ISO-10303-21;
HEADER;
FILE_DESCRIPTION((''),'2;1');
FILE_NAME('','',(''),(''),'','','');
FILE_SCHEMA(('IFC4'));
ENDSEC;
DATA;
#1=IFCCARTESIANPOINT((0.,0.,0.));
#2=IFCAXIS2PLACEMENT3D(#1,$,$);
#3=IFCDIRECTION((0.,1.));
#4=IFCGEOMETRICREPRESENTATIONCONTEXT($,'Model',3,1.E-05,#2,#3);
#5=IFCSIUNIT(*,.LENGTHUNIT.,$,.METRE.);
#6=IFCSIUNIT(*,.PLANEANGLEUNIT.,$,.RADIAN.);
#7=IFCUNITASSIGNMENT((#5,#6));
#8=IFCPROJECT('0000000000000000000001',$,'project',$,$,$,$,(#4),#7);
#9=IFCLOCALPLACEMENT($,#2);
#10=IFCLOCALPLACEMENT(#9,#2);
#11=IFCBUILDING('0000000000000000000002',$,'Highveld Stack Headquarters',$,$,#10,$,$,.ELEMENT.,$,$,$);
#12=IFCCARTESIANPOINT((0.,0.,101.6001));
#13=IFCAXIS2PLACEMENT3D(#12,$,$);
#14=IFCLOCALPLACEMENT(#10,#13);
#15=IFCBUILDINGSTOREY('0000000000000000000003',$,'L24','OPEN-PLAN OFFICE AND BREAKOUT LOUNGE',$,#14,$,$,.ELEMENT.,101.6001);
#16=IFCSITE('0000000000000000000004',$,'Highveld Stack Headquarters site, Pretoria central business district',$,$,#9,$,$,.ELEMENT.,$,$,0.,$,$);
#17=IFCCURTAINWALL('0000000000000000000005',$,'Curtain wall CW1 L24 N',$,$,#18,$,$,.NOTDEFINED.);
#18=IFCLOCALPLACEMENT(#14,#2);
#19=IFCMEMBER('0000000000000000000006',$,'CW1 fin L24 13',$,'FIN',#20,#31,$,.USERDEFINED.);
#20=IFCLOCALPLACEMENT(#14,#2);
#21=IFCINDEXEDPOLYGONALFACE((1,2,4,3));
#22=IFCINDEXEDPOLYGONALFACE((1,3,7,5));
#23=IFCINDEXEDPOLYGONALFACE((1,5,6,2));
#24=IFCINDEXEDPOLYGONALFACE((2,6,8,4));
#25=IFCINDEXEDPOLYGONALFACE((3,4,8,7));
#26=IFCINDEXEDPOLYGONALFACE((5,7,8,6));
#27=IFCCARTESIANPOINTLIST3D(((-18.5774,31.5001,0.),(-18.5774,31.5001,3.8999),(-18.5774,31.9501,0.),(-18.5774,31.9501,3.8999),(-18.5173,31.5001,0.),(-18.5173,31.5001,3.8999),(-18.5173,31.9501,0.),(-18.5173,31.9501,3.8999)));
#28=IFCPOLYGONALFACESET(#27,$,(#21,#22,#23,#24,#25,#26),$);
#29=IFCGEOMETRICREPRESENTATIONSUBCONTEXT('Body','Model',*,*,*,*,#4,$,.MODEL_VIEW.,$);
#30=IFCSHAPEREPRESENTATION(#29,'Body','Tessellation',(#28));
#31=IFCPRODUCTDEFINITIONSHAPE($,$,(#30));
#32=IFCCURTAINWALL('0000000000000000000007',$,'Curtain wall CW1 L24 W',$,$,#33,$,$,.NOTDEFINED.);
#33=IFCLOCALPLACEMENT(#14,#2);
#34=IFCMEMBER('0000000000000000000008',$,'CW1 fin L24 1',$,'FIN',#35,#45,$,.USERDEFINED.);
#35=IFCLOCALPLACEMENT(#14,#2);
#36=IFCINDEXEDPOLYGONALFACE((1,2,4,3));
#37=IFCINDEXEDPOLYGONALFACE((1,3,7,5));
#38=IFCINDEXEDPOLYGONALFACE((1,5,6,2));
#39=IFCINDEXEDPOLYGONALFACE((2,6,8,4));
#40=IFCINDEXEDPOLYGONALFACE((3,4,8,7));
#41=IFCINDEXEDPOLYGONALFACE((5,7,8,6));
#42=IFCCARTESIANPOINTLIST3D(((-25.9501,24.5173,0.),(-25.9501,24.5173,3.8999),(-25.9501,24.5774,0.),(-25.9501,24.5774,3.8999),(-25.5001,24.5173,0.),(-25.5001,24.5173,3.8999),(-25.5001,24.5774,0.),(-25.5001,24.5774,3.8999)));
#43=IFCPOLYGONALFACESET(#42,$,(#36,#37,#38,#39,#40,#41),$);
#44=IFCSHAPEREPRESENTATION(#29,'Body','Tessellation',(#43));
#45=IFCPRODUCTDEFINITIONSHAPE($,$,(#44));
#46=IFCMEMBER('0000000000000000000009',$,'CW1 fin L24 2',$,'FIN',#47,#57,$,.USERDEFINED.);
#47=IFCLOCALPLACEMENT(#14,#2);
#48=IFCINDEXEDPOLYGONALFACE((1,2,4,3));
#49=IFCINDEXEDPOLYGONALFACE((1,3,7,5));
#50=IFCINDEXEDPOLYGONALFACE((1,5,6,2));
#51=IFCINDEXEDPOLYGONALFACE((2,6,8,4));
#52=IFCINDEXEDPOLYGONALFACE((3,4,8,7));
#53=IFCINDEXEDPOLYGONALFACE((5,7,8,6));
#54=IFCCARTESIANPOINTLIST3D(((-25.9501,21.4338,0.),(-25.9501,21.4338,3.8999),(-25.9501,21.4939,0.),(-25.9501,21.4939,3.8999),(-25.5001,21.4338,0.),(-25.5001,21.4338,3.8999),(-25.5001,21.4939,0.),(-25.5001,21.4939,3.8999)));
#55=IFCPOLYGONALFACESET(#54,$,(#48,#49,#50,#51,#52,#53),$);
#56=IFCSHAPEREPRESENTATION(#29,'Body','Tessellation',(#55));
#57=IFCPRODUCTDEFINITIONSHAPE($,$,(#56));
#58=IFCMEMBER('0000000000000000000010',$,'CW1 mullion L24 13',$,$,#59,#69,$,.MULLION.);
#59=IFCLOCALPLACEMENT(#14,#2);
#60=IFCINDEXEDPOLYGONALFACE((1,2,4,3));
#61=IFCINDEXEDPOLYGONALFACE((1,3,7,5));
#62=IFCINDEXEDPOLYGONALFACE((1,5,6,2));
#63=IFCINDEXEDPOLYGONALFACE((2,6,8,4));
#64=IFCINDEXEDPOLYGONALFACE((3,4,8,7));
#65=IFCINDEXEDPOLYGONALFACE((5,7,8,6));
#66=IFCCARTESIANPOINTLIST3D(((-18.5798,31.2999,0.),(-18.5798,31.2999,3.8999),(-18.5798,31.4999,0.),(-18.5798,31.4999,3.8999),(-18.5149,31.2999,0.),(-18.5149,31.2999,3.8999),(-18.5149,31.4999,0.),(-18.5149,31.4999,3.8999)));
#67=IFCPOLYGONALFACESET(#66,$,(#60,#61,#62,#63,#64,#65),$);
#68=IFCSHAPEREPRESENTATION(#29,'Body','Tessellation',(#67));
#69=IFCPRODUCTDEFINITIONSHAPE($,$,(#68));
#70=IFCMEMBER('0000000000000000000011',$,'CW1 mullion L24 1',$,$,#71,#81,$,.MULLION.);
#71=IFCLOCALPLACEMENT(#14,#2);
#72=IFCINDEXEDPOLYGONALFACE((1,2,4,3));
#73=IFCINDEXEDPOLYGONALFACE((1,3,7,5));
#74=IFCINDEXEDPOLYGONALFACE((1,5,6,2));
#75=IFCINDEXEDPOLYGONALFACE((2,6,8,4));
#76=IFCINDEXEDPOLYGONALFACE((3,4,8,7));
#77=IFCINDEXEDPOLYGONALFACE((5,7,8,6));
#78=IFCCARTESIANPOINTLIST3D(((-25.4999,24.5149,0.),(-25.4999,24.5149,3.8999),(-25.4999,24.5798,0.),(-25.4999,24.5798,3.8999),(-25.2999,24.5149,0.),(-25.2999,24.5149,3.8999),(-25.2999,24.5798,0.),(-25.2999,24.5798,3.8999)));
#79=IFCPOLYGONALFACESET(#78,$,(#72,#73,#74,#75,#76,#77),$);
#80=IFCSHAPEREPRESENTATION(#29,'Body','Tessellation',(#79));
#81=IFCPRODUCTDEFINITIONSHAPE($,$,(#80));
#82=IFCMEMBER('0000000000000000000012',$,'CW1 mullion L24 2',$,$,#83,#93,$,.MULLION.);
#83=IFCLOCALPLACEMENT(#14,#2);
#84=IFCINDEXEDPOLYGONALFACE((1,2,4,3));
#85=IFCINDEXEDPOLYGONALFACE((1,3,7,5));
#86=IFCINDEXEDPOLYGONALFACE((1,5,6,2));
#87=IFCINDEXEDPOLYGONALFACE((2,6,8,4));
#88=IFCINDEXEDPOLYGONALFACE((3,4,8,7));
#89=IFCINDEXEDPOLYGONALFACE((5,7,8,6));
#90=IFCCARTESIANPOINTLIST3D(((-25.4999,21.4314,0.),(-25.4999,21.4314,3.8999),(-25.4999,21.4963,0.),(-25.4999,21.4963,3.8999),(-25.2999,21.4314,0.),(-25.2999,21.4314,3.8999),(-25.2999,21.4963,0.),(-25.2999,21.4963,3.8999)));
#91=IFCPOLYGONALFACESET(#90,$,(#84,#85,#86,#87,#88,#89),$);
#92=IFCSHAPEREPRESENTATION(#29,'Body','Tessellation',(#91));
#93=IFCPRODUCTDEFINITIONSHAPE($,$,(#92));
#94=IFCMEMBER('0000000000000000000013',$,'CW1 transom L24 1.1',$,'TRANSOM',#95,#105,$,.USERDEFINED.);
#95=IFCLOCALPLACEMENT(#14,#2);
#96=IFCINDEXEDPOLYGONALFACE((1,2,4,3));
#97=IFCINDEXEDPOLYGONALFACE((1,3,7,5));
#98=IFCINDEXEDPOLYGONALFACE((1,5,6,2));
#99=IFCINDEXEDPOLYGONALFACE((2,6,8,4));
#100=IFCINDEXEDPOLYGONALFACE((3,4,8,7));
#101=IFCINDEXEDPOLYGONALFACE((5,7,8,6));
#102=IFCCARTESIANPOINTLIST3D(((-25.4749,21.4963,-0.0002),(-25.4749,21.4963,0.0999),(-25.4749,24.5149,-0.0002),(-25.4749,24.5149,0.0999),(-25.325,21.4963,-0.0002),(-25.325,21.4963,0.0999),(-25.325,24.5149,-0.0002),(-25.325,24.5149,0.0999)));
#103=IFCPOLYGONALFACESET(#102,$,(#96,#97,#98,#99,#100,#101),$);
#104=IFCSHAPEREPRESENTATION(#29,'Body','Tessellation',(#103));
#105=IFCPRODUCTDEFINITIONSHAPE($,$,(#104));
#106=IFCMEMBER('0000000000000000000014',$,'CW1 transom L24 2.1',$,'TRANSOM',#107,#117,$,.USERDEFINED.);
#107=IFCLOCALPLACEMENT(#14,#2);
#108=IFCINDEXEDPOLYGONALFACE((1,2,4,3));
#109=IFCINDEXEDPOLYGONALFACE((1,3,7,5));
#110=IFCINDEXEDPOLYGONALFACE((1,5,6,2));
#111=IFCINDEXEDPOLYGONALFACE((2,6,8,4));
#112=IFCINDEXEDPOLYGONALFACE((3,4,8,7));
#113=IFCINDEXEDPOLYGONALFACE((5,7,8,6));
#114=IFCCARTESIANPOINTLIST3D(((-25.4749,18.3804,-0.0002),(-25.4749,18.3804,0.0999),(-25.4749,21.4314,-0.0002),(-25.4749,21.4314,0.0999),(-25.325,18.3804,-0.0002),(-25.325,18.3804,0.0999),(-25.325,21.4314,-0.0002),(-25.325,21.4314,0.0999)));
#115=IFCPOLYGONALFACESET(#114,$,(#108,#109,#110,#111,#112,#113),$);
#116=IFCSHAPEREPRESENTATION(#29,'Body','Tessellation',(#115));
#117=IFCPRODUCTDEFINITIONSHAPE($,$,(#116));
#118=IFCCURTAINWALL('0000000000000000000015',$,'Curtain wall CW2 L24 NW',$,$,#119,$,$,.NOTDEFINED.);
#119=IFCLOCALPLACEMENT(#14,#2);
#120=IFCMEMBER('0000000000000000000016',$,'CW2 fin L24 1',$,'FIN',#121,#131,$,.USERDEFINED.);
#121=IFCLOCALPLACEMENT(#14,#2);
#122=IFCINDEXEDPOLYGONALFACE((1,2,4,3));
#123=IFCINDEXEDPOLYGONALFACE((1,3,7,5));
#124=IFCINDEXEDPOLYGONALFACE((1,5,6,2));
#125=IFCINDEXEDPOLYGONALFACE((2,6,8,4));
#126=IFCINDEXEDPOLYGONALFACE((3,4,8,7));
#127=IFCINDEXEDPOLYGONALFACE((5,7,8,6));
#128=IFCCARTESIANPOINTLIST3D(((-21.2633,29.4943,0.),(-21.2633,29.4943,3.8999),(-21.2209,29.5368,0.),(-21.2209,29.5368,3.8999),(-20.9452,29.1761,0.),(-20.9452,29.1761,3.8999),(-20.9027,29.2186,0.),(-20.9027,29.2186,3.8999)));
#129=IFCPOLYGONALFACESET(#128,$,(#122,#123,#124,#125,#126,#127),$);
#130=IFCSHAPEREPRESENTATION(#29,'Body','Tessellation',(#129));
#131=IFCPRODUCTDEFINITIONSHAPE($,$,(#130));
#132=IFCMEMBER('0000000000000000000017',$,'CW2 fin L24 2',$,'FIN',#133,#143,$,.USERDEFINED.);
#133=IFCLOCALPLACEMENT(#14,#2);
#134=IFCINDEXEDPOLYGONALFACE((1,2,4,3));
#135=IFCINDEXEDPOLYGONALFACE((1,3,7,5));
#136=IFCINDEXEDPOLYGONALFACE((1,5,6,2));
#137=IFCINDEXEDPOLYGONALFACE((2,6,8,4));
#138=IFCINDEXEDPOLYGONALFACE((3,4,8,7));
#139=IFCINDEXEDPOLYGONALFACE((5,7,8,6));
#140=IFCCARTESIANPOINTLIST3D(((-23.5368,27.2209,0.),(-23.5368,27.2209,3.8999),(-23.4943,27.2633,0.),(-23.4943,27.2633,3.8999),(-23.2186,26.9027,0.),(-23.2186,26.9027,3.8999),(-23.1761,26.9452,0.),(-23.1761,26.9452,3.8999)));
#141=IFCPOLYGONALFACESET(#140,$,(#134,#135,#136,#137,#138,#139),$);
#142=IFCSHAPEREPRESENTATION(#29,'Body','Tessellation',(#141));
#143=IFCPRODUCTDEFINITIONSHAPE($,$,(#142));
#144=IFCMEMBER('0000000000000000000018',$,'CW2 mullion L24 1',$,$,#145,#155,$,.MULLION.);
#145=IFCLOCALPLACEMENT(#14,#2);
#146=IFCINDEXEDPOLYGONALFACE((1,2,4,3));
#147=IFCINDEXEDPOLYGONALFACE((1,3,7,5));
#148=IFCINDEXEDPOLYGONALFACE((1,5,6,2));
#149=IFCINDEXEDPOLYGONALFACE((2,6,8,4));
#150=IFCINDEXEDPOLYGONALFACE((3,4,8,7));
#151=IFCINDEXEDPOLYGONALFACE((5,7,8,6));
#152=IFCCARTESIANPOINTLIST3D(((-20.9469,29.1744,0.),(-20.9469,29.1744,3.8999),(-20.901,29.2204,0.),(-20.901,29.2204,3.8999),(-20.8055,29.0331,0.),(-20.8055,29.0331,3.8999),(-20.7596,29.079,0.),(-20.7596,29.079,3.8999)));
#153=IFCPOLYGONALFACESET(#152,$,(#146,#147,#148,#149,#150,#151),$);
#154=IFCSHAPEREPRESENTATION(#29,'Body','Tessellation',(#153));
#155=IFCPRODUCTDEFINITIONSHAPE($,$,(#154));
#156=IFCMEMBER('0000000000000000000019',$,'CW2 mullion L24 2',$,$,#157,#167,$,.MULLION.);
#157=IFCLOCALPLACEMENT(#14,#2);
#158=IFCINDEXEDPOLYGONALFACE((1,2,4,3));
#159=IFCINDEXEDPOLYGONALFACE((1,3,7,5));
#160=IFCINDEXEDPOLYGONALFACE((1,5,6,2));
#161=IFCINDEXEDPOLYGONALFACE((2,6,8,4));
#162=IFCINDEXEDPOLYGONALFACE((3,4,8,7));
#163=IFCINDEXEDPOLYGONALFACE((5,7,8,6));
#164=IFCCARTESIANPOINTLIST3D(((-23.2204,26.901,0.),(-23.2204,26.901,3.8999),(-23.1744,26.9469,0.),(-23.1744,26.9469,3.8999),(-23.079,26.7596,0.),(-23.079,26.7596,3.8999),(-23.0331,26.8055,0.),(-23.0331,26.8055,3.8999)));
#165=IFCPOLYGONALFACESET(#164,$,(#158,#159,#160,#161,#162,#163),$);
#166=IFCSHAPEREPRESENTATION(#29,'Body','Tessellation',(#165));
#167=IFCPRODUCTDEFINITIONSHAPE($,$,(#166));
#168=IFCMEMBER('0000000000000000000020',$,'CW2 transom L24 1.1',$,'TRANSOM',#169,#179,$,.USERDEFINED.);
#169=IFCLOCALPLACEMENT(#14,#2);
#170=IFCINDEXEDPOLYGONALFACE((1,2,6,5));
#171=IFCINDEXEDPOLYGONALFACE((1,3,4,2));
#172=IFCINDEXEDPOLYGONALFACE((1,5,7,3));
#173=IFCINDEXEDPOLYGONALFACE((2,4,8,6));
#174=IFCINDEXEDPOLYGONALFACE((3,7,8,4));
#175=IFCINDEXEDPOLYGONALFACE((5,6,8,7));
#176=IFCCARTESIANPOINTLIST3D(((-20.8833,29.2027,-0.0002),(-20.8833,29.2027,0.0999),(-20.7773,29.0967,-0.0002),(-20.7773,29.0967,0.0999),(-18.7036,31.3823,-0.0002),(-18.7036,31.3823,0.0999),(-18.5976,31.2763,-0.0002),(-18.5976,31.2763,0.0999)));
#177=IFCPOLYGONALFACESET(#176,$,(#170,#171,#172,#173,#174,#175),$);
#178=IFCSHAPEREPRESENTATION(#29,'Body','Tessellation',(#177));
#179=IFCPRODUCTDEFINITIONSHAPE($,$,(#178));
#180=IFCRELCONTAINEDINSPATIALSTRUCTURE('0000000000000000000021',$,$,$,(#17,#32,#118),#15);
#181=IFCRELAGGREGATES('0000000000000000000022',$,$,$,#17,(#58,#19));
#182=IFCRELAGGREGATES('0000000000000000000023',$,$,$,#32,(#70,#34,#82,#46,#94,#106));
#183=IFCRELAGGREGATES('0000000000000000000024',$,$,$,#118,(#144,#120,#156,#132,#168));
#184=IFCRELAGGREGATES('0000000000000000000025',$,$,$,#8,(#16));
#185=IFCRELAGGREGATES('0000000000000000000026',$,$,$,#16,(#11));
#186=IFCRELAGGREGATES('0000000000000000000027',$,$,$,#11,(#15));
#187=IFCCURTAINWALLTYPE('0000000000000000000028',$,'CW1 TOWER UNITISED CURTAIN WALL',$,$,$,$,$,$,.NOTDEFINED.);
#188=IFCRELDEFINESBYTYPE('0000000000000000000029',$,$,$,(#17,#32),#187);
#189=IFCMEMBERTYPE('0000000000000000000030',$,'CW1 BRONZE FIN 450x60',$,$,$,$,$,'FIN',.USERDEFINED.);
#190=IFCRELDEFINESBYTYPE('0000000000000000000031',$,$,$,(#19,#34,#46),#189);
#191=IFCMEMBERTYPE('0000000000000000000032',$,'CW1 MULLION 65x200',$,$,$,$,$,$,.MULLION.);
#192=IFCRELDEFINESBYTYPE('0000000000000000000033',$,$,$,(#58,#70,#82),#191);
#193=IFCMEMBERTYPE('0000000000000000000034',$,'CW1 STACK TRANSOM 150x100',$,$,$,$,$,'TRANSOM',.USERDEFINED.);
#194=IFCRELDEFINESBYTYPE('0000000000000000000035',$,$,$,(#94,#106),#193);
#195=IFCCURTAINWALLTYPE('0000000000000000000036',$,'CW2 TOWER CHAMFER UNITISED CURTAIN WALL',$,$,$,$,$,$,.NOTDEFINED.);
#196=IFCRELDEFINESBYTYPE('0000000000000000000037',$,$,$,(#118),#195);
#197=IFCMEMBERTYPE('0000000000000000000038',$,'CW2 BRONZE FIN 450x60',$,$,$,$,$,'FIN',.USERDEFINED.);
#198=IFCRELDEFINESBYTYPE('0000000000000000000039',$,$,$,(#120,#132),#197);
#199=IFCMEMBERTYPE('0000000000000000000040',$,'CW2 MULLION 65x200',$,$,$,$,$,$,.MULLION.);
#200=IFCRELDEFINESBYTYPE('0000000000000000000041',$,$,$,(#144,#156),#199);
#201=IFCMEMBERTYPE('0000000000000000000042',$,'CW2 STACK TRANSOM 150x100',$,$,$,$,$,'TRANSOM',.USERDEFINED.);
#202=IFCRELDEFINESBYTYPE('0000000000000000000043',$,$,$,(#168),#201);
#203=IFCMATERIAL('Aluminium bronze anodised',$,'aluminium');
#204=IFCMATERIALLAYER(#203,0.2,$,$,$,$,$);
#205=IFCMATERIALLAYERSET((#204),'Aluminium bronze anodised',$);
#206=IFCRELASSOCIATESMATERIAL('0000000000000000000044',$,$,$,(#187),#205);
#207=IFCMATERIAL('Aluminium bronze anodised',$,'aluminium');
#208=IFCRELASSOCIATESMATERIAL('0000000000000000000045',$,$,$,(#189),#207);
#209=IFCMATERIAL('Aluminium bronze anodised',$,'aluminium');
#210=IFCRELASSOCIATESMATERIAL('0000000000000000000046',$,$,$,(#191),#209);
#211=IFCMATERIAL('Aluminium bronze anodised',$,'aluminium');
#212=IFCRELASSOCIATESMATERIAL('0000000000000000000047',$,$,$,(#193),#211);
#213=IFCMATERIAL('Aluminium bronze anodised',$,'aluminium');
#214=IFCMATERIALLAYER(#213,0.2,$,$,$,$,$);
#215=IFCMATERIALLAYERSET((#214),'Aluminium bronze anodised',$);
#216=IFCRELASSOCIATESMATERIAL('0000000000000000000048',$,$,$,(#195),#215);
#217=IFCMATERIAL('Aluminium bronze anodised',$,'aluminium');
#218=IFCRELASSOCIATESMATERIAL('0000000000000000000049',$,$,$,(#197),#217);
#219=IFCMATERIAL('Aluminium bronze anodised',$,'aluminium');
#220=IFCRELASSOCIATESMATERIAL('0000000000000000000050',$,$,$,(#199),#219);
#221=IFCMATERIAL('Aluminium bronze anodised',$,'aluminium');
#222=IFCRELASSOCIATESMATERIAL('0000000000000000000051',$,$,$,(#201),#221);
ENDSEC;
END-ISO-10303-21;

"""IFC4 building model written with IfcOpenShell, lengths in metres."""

from ifc_helpers import new_model, si_unit, direction, frame, origin, origin_2d, place, context, subcontext, project, spatial, rectangle, extrude, material, layer, layer_set, material_profile, profile_set, type_object, element, aggregate, save


model = new_model("IFC4")

# Units and contexts
model_context = context("Model", 3, precision=1e-05, world=origin(), true_north=direction((0.0, 1.0)))
body_context = subcontext(model_context, "Body", "Model", "MODEL_VIEW")
ifc_project = project(units=[si_unit("LENGTHUNIT", "METRE"), si_unit("PLANEANGLEUNIT", "RADIAN")], contexts=[model_context])

# Site, building, storey
site_placement = place(None, origin())
site = spatial("IfcSite", under=ifc_project, at=site_placement, Name="Highveld Stack Headquarters site, Pretoria central business district", CompositionType="ELEMENT", RefElevation=0.0)
building_placement = place(site_placement, origin())
building = spatial("IfcBuilding", under=site, at=building_placement, Name="Highveld Stack Headquarters", CompositionType="ELEMENT")
storey_placement = place(building_placement, frame((0.0, 0.0, 101.6001)))
storey = spatial("IfcBuildingStorey", under=building, at=storey_placement, Name="L24", Description="OPEN-PLAN OFFICE AND BREAKOUT LOUNGE", CompositionType="ELEMENT", Elevation=101.6001)

# Curtain wall, member
ifc_material_1 = material(Name="Aluminium bronze anodised", Category="aluminium")
ifc_layer_1 = layer(ifc_material_1, 0.2)
ifc_layer_set_1 = layer_set([ifc_layer_1], Name="Aluminium bronze anodised")
curtain_wall_type_1 = type_object("IfcCurtainWallType", Name="CW1 TOWER UNITISED CURTAIN WALL", PredefinedType="NOTDEFINED", material=ifc_layer_set_1)
curtain_wall_1_placement = place(storey_placement, origin())
curtain_wall_1 = element("IfcCurtainWall", 1, at=curtain_wall_1_placement, inside=storey, type_object=curtain_wall_type_1, Name="Curtain wall CW1 L24 N", PredefinedType="NOTDEFINED")
ifc_material_2 = material(Name="Aluminium bronze anodised", Category="aluminium")
ifc_material_profile_1 = material_profile(ifc_material_2, rectangle(XDim=0.45, YDim=0.0601, at=origin_2d()), Name="FIN 450x60")
ifc_profile_set_1 = profile_set([ifc_material_profile_1], Name="Aluminium bronze anodised")
member_type_1 = type_object("IfcMemberType", Name="CW1 BRONZE FIN 450x60", ElementType="FIN", PredefinedType="USERDEFINED", material=ifc_profile_set_1)
member_1_placement = place(storey_placement, frame((-18.5474, 31.7251, 0.0), z_axis=(0.0, 0.0, 1.0), x_axis=(0.0, -1.0, 0.0)))
member_1 = element("IfcMember", 2, at=member_1_placement, type_object=member_type_1, Name="CW1 fin L24 13", ObjectType="FIN", PredefinedType="USERDEFINED", context=body_context, shape_type="SweptSolid", body=[
    extrude(rectangle(XDim=0.45, YDim=0.0601, at=origin_2d()), origin(), (0.0, 0.0, 1.0), 3.8999),
])

# Curtain wall, members
curtain_wall_2_placement = place(storey_placement, origin())
curtain_wall_2 = element("IfcCurtainWall", 3, at=curtain_wall_2_placement, inside=storey, type_object=curtain_wall_type_1, Name="Curtain wall CW1 L24 W", PredefinedType="NOTDEFINED")
member_2_placement = place(storey_placement, frame((-25.7251, 24.5474, 0.0), z_axis=(0.0, 0.0, 1.0), x_axis=(1.0, 0.0, 0.0)))
member_2 = element("IfcMember", 4, at=member_2_placement, type_object=member_type_1, Name="CW1 fin L24 1", ObjectType="FIN", PredefinedType="USERDEFINED", context=body_context, shape_type="SweptSolid", body=[
    extrude(rectangle(XDim=0.45, YDim=0.0601, at=origin_2d()), origin(), (0.0, 0.0, 1.0), 3.8999),
])
member_3_placement = place(storey_placement, frame((-25.7251, 21.4639, 0.0), z_axis=(0.0, 0.0, 1.0), x_axis=(1.0, 0.0, 0.0)))
member_3 = element("IfcMember", 5, at=member_3_placement, type_object=member_type_1, Name="CW1 fin L24 2", ObjectType="FIN", PredefinedType="USERDEFINED", context=body_context, shape_type="SweptSolid", body=[
    extrude(rectangle(XDim=0.45, YDim=0.0601, at=origin_2d()), origin(), (0.0, 0.0, 1.0), 3.8999),
])

# Members
ifc_material_3 = material(Name="Aluminium bronze anodised", Category="aluminium")
ifc_material_profile_2 = material_profile(ifc_material_3, rectangle(XDim=0.2, YDim=0.0649, at=origin_2d()), Name="CW1 MULLION 65x200")
ifc_profile_set_2 = profile_set([ifc_material_profile_2], Name="Aluminium bronze anodised")
member_type_2 = type_object("IfcMemberType", Name="CW1 MULLION 65x200", PredefinedType="MULLION", material=ifc_profile_set_2)
member_4_placement = place(storey_placement, frame((-18.5474, 31.3999, 0.0), z_axis=(0.0, 0.0, 1.0), x_axis=(0.0, -1.0, 0.0)))
member_4 = element("IfcMember", 6, at=member_4_placement, type_object=member_type_2, Name="CW1 mullion L24 13", PredefinedType="MULLION", context=body_context, shape_type="SweptSolid", body=[
    extrude(rectangle(XDim=0.2, YDim=0.0649, at=origin_2d()), origin(), (0.0, 0.0, 1.0), 3.8999),
])
aggregate(curtain_wall_1, [member_4, member_1])
member_5_placement = place(storey_placement, frame((-25.3999, 24.5474, 0.0), z_axis=(0.0, 0.0, 1.0), x_axis=(1.0, 0.0, 0.0)))
member_5 = element("IfcMember", 7, at=member_5_placement, type_object=member_type_2, Name="CW1 mullion L24 1", PredefinedType="MULLION", context=body_context, shape_type="SweptSolid", body=[
    extrude(rectangle(XDim=0.2, YDim=0.0649, at=origin_2d()), origin(), (0.0, 0.0, 1.0), 3.8999),
])
member_6_placement = place(storey_placement, frame((-25.3999, 21.4639, 0.0), z_axis=(0.0, 0.0, 1.0), x_axis=(1.0, 0.0, 0.0)))
member_6 = element("IfcMember", 8, at=member_6_placement, type_object=member_type_2, Name="CW1 mullion L24 2", PredefinedType="MULLION", context=body_context, shape_type="SweptSolid", body=[
    extrude(rectangle(XDim=0.2, YDim=0.0649, at=origin_2d()), origin(), (0.0, 0.0, 1.0), 3.8999),
])
ifc_material_4 = material(Name="Aluminium bronze anodised", Category="aluminium")
ifc_material_profile_3 = material_profile(ifc_material_4, rectangle(XDim=0.1499, YDim=0.1001, at=origin_2d()), Name="CW1 TRANSOM 150x100")
ifc_profile_set_3 = profile_set([ifc_material_profile_3], Name="Aluminium bronze anodised")
member_type_3 = type_object("IfcMemberType", Name="CW1 STACK TRANSOM 150x100", ElementType="TRANSOM", PredefinedType="USERDEFINED", material=ifc_profile_set_3)
member_7_placement = place(storey_placement, frame((-25.3999, 24.5149, 0.0498), z_axis=(0.0, -1.0, 0.0), x_axis=(1.0, 0.0, 0.0)))
member_7 = element("IfcMember", 9, at=member_7_placement, type_object=member_type_3, Name="CW1 transom L24 1.1", ObjectType="TRANSOM", PredefinedType="USERDEFINED", context=body_context, shape_type="SweptSolid", body=[
    extrude(rectangle(XDim=0.1499, YDim=0.1001, at=origin_2d()), origin(), (0.0, 0.0, 1.0), 3.0186),
])
member_8_placement = place(storey_placement, frame((-25.3999, 21.4314, 0.0498), z_axis=(0.0, -1.0, 0.0), x_axis=(1.0, 0.0, 0.0)))
member_8 = element("IfcMember", 10, at=member_8_placement, type_object=member_type_3, Name="CW1 transom L24 2.1", ObjectType="TRANSOM", PredefinedType="USERDEFINED", context=body_context, shape_type="SweptSolid", body=[
    extrude(rectangle(XDim=0.1499, YDim=0.1001, at=origin_2d()), origin(), (0.0, 0.0, 1.0), 3.051),
])

# Curtain wall, members
ifc_material_5 = material(Name="Aluminium bronze anodised", Category="aluminium")
ifc_layer_2 = layer(ifc_material_5, 0.2)
ifc_layer_set_2 = layer_set([ifc_layer_2], Name="Aluminium bronze anodised")
curtain_wall_type_2 = type_object("IfcCurtainWallType", Name="CW2 TOWER CHAMFER UNITISED CURTAIN WALL", PredefinedType="NOTDEFINED", material=ifc_layer_set_2)
curtain_wall_3_placement = place(storey_placement, origin())
curtain_wall_3 = element("IfcCurtainWall", 11, at=curtain_wall_3_placement, inside=storey, type_object=curtain_wall_type_2, Name="Curtain wall CW2 L24 NW", PredefinedType="NOTDEFINED")
ifc_material_6 = material(Name="Aluminium bronze anodised", Category="aluminium")
ifc_material_profile_4 = material_profile(ifc_material_6, rectangle(XDim=0.45, YDim=0.0601, at=origin_2d()), Name="FIN 450x60")
ifc_profile_set_4 = profile_set([ifc_material_profile_4], Name="Aluminium bronze anodised")
member_type_4 = type_object("IfcMemberType", Name="CW2 BRONZE FIN 450x60", ElementType="FIN", PredefinedType="USERDEFINED", material=ifc_profile_set_4)
member_9_placement = place(storey_placement, frame((-21.083, 29.3564, 0.0), z_axis=(0.0, 0.0, 1.0), x_axis=(0.707107, -0.707107, 0.0)))
member_9 = element("IfcMember", 12, at=member_9_placement, type_object=member_type_4, Name="CW2 fin L24 1", ObjectType="FIN", PredefinedType="USERDEFINED", context=body_context, shape_type="SweptSolid", body=[
    extrude(rectangle(XDim=0.45, YDim=0.0601, at=origin_2d()), origin(), (0.0, 0.0, 1.0), 3.8999),
])
member_10_placement = place(storey_placement, frame((-23.3564, 27.083, 0.0), z_axis=(0.0, 0.0, 1.0), x_axis=(0.707107, -0.707107, 0.0)))
member_10 = element("IfcMember", 13, at=member_10_placement, type_object=member_type_4, Name="CW2 fin L24 2", ObjectType="FIN", PredefinedType="USERDEFINED", context=body_context, shape_type="SweptSolid", body=[
    extrude(rectangle(XDim=0.45, YDim=0.0601, at=origin_2d()), origin(), (0.0, 0.0, 1.0), 3.8999),
])
ifc_material_7 = material(Name="Aluminium bronze anodised", Category="aluminium")
ifc_material_profile_5 = material_profile(ifc_material_7, rectangle(XDim=0.2, YDim=0.0649, at=origin_2d()), Name="CW2 MULLION 65x200")
ifc_profile_set_5 = profile_set([ifc_material_profile_5], Name="Aluminium bronze anodised")
member_type_5 = type_object("IfcMemberType", Name="CW2 MULLION 65x200", PredefinedType="MULLION", material=ifc_profile_set_5)
member_11_placement = place(storey_placement, frame((-20.8533, 29.1267, 0.0), z_axis=(0.0, 0.0, 1.0), x_axis=(0.707107, -0.707107, 0.0)))
member_11 = element("IfcMember", 14, at=member_11_placement, type_object=member_type_5, Name="CW2 mullion L24 1", PredefinedType="MULLION", context=body_context, shape_type="SweptSolid", body=[
    extrude(rectangle(XDim=0.2, YDim=0.0649, at=origin_2d()), origin(), (0.0, 0.0, 1.0), 3.8999),
])
member_12_placement = place(storey_placement, frame((-23.1267, 26.8533, 0.0), z_axis=(0.0, 0.0, 1.0), x_axis=(0.707107, -0.707107, 0.0)))
member_12 = element("IfcMember", 15, at=member_12_placement, type_object=member_type_5, Name="CW2 mullion L24 2", PredefinedType="MULLION", context=body_context, shape_type="SweptSolid", body=[
    extrude(rectangle(XDim=0.2, YDim=0.0649, at=origin_2d()), origin(), (0.0, 0.0, 1.0), 3.8999),
])
ifc_material_8 = material(Name="Aluminium bronze anodised", Category="aluminium")
ifc_material_profile_6 = material_profile(ifc_material_8, rectangle(XDim=0.1499, YDim=0.1001, at=origin_2d()), Name="CW2 TRANSOM 150x100")
ifc_profile_set_6 = profile_set([ifc_material_profile_6], Name="Aluminium bronze anodised")
member_type_6 = type_object("IfcMemberType", Name="CW2 STACK TRANSOM 150x100", ElementType="TRANSOM", PredefinedType="USERDEFINED", material=ifc_profile_set_6)
member_13_placement = place(storey_placement, frame((-18.6506, 31.3293, 0.0498), z_axis=(-0.707107, -0.707107, 0.0), x_axis=(0.707107, -0.707107, 0.0)))
member_13 = element("IfcMember", 16, at=member_13_placement, type_object=member_type_6, Name="CW2 transom L24 1.1", ObjectType="TRANSOM", PredefinedType="USERDEFINED", context=body_context, shape_type="SweptSolid", body=[
    extrude(rectangle(XDim=0.1499, YDim=0.1001, at=origin_2d()), origin(), (0.0, 0.0, 1.0), 3.0825),
])

aggregate(curtain_wall_2, [member_5, member_2, member_6, member_3, member_7, member_8])
aggregate(curtain_wall_3, [member_11, member_9, member_12, member_10, member_13])

save(model, "model.ifc")
